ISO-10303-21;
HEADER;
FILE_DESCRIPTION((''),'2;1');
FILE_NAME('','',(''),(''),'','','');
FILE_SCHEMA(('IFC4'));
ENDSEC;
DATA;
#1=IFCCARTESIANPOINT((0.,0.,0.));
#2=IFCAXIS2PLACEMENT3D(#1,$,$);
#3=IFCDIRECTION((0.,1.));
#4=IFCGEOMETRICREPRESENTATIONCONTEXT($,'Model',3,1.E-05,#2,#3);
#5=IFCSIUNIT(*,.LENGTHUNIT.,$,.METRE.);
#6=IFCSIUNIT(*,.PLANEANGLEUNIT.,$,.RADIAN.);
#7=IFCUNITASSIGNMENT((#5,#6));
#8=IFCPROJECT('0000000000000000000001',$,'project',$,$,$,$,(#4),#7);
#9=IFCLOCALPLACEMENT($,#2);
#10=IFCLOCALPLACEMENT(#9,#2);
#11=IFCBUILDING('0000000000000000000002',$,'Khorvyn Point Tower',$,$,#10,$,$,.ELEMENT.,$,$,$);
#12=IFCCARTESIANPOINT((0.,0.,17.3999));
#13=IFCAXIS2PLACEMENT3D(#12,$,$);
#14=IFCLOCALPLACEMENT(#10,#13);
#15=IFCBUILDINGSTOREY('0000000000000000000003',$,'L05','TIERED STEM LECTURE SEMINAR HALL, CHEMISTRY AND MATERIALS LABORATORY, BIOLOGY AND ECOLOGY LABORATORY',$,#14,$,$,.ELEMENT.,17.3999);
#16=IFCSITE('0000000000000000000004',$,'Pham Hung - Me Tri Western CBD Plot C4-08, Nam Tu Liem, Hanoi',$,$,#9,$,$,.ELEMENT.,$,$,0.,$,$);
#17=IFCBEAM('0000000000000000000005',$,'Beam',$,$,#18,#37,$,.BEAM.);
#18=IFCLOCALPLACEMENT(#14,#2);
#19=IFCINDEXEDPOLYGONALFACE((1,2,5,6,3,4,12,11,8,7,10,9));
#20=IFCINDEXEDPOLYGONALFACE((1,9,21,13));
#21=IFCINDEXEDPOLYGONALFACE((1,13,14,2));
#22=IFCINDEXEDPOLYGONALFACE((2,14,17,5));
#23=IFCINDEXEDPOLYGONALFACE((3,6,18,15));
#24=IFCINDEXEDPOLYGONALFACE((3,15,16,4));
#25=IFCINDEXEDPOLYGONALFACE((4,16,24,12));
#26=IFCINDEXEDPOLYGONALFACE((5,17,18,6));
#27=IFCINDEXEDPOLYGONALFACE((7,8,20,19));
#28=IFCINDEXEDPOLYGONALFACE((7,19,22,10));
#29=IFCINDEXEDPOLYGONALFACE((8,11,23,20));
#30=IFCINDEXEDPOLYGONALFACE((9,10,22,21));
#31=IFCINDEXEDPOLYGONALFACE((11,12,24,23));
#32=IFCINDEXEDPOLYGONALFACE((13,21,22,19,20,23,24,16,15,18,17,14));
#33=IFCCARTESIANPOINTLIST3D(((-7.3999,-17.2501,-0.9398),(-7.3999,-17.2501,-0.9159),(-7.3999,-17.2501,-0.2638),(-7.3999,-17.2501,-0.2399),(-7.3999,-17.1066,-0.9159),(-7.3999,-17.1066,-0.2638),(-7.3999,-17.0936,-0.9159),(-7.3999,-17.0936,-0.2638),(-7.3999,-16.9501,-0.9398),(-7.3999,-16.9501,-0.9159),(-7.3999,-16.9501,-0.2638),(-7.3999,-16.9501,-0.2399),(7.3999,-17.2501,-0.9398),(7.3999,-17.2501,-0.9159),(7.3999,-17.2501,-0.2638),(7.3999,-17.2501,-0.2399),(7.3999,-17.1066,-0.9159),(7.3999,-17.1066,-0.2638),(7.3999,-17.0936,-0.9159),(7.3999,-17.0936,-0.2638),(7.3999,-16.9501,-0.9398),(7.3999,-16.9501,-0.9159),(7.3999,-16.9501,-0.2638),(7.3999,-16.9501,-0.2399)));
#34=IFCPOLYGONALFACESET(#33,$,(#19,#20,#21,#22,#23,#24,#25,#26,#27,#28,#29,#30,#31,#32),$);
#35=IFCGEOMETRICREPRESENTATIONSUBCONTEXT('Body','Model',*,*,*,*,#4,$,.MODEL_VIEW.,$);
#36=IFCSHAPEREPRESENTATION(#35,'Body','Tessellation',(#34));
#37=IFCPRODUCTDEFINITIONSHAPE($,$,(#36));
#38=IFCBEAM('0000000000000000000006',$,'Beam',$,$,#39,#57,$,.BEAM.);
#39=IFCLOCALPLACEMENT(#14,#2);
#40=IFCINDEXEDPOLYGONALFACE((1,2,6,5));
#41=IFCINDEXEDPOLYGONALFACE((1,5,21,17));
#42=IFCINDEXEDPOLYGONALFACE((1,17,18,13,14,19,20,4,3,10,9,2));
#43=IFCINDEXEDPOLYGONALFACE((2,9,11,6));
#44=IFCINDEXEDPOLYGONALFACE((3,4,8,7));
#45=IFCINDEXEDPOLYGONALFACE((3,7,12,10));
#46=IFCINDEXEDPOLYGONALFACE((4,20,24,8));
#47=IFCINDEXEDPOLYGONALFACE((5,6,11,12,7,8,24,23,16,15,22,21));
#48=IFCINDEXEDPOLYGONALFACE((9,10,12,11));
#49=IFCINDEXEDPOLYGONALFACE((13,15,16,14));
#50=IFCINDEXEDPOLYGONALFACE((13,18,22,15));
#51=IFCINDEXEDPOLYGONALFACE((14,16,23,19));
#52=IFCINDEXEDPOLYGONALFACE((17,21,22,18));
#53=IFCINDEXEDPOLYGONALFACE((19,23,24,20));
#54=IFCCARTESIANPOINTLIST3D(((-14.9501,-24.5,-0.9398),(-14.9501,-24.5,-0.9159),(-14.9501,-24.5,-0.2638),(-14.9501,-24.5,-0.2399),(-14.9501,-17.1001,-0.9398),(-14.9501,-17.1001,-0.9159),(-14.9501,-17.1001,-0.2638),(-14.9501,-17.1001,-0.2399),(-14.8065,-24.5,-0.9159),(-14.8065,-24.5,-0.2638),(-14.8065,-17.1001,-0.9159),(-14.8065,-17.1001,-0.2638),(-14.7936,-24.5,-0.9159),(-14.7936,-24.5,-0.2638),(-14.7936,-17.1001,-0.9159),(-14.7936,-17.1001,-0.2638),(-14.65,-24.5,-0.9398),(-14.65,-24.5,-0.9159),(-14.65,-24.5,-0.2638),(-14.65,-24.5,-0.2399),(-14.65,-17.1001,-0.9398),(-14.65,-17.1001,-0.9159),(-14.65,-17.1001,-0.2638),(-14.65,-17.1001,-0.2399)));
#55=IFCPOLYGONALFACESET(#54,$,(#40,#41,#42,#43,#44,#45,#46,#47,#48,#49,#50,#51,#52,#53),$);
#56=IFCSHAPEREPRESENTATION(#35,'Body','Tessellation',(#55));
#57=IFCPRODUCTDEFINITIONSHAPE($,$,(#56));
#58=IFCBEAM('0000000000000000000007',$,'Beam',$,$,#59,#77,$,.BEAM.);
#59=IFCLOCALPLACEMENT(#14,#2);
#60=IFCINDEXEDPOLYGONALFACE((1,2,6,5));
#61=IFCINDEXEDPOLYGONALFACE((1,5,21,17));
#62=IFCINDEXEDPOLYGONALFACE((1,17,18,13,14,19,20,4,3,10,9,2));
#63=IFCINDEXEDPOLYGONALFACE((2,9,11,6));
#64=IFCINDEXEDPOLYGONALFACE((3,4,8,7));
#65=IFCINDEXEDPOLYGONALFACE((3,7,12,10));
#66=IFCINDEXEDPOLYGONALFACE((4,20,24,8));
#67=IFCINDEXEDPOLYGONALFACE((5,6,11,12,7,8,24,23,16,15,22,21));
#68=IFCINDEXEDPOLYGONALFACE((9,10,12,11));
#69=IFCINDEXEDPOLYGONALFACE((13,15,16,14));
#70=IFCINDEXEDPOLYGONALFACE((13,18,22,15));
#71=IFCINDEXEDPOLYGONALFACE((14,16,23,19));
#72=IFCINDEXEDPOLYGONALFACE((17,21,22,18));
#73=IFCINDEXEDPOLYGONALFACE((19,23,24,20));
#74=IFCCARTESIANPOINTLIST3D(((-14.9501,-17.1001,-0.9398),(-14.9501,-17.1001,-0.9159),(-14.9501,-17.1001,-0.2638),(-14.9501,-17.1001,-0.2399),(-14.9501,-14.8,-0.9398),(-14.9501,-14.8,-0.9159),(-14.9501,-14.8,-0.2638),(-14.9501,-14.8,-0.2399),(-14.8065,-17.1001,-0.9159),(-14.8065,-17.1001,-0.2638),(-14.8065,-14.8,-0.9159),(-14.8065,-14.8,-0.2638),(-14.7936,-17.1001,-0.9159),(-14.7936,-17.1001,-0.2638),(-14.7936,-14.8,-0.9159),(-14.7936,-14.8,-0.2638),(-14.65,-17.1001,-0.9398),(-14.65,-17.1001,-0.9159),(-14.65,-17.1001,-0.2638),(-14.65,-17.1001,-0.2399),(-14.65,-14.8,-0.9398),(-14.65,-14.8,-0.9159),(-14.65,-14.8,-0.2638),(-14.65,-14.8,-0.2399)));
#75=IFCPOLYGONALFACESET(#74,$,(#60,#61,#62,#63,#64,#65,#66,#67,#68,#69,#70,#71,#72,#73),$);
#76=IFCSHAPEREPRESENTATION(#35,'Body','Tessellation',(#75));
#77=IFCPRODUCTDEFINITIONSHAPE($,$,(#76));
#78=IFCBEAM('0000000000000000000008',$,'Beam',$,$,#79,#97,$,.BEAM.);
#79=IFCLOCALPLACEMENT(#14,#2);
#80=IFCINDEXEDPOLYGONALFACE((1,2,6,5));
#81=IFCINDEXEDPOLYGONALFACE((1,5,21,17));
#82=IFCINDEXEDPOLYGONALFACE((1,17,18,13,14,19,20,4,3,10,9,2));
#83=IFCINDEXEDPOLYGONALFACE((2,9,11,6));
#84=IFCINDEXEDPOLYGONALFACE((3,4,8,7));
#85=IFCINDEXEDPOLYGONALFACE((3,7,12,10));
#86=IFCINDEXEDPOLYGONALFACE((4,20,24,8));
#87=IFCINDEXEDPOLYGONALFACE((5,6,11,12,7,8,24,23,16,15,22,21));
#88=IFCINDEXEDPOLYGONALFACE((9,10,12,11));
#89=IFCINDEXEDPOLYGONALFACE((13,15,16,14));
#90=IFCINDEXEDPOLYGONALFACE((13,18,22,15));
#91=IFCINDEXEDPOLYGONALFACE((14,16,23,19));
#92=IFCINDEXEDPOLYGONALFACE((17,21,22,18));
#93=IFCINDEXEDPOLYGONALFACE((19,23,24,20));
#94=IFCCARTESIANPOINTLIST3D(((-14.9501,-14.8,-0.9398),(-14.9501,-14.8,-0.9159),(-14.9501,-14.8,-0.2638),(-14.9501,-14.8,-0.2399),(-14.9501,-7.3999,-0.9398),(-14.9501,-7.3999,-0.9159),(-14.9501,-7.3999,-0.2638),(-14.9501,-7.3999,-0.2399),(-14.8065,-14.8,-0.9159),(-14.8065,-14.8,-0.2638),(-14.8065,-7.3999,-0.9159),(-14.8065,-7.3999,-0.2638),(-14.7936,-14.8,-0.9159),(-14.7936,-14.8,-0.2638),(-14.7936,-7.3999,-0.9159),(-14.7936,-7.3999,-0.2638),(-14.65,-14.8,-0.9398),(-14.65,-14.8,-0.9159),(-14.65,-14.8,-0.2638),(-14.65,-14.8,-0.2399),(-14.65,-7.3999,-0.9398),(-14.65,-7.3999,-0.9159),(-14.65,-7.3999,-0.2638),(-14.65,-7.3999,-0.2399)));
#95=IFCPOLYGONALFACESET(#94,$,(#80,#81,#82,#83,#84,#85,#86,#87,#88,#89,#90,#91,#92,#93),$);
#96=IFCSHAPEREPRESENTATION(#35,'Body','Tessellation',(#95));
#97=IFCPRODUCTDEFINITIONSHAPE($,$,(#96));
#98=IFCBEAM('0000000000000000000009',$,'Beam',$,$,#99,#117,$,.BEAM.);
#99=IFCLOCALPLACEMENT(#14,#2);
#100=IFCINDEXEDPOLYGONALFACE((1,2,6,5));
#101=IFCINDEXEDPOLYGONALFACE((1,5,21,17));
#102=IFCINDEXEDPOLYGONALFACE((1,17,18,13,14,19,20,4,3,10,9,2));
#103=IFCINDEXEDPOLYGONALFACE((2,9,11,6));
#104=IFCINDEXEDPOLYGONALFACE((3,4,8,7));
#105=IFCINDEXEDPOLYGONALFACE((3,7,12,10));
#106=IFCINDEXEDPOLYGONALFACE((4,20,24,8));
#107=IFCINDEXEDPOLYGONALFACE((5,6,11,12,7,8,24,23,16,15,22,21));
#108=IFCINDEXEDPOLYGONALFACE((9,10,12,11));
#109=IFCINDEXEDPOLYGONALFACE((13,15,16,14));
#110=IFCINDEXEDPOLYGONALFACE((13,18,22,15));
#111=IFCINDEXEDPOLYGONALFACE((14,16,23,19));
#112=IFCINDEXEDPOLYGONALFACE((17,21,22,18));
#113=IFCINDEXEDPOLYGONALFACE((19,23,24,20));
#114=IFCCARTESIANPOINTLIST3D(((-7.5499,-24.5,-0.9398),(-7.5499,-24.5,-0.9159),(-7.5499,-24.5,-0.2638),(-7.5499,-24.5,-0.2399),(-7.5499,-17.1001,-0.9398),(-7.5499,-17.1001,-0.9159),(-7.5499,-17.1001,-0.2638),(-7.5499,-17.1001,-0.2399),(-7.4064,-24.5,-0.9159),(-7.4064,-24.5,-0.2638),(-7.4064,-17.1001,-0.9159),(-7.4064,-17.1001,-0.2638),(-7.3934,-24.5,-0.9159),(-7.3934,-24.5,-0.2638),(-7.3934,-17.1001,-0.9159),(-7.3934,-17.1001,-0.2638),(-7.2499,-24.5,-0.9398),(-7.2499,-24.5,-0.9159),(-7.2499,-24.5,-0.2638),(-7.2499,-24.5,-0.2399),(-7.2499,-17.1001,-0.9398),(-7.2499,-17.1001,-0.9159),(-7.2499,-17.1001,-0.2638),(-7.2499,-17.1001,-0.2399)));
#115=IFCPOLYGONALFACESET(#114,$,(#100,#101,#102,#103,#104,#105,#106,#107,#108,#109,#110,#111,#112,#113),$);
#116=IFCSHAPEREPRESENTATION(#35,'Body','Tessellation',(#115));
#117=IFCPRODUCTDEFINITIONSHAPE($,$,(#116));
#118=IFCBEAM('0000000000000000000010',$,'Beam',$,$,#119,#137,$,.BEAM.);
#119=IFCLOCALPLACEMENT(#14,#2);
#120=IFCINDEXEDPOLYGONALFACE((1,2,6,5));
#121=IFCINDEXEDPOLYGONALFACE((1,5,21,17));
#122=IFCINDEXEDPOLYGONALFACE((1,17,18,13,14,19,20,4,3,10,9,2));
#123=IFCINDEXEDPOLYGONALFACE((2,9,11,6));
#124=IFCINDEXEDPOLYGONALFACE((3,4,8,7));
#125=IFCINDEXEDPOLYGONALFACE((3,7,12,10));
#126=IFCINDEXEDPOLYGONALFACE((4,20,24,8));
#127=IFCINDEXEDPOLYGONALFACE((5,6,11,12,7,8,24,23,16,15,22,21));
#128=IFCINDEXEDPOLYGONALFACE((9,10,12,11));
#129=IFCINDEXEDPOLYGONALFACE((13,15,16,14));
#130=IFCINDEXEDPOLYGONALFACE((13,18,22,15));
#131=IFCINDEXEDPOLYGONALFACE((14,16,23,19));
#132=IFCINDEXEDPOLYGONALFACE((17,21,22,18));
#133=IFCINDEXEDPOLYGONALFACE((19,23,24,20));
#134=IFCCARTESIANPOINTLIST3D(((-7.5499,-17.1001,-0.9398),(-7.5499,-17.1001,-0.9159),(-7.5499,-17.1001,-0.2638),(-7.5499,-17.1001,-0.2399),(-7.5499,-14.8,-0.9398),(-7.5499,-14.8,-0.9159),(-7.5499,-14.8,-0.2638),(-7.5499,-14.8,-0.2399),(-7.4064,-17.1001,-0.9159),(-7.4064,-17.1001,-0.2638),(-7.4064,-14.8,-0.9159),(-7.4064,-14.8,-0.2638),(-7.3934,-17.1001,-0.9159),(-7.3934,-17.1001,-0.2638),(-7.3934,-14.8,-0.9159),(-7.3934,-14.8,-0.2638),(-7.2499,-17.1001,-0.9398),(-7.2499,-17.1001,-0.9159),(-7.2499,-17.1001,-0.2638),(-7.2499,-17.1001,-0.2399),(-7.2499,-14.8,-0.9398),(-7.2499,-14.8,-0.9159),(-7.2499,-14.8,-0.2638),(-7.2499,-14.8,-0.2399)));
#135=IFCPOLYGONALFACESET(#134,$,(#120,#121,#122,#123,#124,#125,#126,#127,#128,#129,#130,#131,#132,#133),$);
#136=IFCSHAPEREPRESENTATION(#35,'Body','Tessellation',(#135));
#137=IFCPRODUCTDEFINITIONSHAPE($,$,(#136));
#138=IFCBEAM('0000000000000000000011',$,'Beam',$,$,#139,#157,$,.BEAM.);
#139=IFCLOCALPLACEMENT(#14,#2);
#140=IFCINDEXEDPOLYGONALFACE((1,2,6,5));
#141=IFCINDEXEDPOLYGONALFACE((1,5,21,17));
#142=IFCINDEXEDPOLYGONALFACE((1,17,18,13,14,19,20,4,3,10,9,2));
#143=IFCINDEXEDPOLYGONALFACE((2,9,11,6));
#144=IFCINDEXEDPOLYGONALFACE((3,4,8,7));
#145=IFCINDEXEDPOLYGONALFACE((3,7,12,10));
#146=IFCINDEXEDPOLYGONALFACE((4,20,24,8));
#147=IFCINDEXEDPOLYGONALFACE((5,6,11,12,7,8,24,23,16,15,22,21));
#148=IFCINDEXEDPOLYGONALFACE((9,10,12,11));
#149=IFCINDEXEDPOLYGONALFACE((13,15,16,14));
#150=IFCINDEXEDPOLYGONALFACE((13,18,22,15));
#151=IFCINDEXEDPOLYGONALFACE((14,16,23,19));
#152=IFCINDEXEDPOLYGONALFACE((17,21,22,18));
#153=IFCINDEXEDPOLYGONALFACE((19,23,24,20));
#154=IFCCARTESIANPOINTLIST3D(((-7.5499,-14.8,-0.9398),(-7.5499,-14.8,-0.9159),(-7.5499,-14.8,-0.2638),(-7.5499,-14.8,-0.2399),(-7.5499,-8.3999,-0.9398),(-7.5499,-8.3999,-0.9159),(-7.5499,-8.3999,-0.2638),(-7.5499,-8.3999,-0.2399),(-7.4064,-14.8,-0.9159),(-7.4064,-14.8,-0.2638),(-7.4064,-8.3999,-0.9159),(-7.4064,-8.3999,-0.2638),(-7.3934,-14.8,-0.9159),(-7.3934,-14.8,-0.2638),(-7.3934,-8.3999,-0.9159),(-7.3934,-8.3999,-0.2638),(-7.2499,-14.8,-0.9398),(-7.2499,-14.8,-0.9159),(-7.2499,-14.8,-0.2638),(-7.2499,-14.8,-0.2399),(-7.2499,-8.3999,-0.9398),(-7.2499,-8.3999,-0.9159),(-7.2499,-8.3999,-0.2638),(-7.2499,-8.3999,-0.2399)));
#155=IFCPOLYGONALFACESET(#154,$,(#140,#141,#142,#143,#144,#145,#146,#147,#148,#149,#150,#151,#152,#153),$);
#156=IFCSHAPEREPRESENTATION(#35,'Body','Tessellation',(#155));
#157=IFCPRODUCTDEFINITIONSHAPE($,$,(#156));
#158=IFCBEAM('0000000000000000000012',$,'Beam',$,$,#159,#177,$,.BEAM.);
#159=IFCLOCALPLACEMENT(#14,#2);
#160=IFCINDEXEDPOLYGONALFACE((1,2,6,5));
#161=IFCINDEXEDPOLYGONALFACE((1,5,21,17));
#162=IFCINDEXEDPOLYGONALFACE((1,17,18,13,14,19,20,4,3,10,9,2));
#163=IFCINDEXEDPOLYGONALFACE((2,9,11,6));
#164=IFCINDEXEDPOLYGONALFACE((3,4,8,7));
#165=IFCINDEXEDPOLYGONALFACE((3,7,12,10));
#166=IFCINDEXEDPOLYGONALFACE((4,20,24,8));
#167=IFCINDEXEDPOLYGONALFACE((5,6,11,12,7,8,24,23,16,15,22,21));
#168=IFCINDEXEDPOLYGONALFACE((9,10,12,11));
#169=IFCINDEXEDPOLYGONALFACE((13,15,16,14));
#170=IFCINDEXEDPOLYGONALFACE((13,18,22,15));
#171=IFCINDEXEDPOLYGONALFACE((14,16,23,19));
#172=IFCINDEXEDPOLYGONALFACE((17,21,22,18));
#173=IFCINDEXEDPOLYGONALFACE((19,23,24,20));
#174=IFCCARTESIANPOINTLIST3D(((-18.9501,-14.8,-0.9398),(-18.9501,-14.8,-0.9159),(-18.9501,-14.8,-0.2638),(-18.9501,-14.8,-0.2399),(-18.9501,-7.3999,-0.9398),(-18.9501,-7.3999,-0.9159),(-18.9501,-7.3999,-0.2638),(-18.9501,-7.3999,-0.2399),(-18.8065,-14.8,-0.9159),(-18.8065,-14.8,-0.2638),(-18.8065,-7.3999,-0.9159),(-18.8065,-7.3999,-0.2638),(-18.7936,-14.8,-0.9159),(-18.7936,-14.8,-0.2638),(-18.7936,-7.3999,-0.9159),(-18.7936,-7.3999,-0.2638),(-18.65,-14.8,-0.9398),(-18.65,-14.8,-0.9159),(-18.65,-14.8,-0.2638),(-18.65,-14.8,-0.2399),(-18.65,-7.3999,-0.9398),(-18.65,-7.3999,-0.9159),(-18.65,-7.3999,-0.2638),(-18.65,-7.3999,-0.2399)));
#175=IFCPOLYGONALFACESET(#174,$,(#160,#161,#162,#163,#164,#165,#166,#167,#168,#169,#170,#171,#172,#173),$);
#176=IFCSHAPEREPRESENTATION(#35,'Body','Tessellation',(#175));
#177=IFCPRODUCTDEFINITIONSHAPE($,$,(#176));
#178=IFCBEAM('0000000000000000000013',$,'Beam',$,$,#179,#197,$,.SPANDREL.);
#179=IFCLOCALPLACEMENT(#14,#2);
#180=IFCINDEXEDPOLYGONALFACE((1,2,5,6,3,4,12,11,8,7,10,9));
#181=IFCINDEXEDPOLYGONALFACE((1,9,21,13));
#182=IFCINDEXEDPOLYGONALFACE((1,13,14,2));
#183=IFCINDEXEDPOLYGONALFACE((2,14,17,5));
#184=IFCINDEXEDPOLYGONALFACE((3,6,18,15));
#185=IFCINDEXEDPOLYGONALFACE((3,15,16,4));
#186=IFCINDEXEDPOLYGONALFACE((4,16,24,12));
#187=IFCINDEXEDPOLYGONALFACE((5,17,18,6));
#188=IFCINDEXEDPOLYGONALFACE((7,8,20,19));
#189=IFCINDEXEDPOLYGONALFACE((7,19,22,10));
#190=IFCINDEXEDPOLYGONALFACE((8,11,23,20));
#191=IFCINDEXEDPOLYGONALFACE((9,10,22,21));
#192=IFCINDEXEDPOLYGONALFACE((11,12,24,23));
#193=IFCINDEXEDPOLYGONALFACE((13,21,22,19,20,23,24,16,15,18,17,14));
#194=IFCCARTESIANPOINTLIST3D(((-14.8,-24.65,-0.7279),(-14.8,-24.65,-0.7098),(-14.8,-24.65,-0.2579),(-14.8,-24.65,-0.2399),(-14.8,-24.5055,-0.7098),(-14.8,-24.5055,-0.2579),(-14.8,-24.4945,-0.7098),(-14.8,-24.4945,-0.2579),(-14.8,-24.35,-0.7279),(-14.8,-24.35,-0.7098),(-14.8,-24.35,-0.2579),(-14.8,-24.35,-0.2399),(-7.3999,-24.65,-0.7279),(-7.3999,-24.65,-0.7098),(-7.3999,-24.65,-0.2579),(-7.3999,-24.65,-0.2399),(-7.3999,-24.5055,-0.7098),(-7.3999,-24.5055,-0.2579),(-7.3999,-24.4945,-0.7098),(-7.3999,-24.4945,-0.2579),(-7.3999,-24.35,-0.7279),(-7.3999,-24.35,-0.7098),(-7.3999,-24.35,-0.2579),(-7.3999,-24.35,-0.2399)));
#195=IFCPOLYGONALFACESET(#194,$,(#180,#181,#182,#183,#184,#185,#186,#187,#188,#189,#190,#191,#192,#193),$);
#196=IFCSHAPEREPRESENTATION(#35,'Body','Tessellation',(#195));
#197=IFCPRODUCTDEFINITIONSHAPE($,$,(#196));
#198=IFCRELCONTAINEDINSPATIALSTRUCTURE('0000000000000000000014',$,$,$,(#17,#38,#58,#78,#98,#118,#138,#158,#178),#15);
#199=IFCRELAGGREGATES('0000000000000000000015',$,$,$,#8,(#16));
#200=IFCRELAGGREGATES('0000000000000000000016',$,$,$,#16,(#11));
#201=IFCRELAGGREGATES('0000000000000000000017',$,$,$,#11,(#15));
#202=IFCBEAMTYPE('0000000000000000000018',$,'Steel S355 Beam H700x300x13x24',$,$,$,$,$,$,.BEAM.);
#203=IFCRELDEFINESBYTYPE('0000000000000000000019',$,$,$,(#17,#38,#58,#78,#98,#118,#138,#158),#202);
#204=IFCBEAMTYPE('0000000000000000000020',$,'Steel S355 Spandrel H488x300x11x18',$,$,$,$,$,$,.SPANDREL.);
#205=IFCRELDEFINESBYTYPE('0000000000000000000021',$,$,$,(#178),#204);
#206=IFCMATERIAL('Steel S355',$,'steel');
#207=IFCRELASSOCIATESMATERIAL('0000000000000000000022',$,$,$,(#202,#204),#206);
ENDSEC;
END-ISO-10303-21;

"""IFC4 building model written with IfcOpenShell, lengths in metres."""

from ifc_helpers import new_model, si_unit, direction, frame, origin, origin_2d, place, context, subcontext, project, spatial, i_section, extrude, material, material_profile, profile_set, type_object, element, save


model = new_model("IFC4")

# Units and contexts
model_context = context("Model", 3, precision=1e-05, world=origin(), true_north=direction((0.0, 1.0)))
body_context = subcontext(model_context, "Body", "Model", "MODEL_VIEW")
ifc_project = project(units=[si_unit("LENGTHUNIT", "METRE"), si_unit("PLANEANGLEUNIT", "RADIAN")], contexts=[model_context])

# Site, building, storey
site_placement = place(None, origin())
site = spatial("IfcSite", under=ifc_project, at=site_placement, Name="Pham Hung - Me Tri Western CBD Plot C4-08, Nam Tu Liem, Hanoi", CompositionType="ELEMENT", RefElevation=0.0)
building_placement = place(site_placement, origin())
building = spatial("IfcBuilding", under=site, at=building_placement, Name="Khorvyn Point Tower", CompositionType="ELEMENT")
storey_placement = place(building_placement, frame((0.0, 0.0, 17.3999)))
storey = spatial("IfcBuildingStorey", under=building, at=storey_placement, Name="L05", Description="TIERED STEM LECTURE SEMINAR HALL, CHEMISTRY AND MATERIALS LABORATORY, BIOLOGY AND ECOLOGY LABORATORY", CompositionType="ELEMENT", Elevation=17.3999)

# Beams
ifc_material_1 = material(Name="Steel S355", Category="steel")
ifc_material_profile_1 = material_profile(ifc_material_1, i_section(OverallWidth=0.3, OverallDepth=0.7, WebThickness=0.0129, FlangeThickness=0.0239, at=origin_2d()))
ifc_profile_set_1 = profile_set([ifc_material_profile_1], Name="Steel S355 H700x300x13x24")
beam_type_1 = type_object("IfcBeamType", Name="Steel S355 Beam H700x300x13x24", PredefinedType="BEAM", material=ifc_profile_set_1)
beam_1_placement = place(storey_placement, frame((-7.3999, -17.1001, -0.5898), z_axis=(1.0, 0.0, 0.0), x_axis=(0.0, 1.0, 0.0)))
element("IfcBeam", 1, at=beam_1_placement, inside=storey, type_object=beam_type_1, Name="Beam", PredefinedType="BEAM", context=body_context, shape_type="SweptSolid", body=[
    extrude(i_section(OverallWidth=0.3, OverallDepth=0.7, WebThickness=0.0129, FlangeThickness=0.0239, at=origin_2d()), origin(), (0.0, 0.0, 1.0), 14.7998),
])
beam_2_placement = place(storey_placement, frame((-14.8, -24.5, -0.5898), z_axis=(0.0, 1.0, 0.0), x_axis=(-1.0, 0.0, 0.0)))
element("IfcBeam", 2, at=beam_2_placement, inside=storey, type_object=beam_type_1, Name="Beam", PredefinedType="BEAM", context=body_context, shape_type="SweptSolid", body=[
    extrude(i_section(OverallWidth=0.3, OverallDepth=0.7, WebThickness=0.0129, FlangeThickness=0.0239, at=origin_2d()), origin(), (0.0, 0.0, 1.0), 7.3999),
])
beam_3_placement = place(storey_placement, frame((-14.8, -17.1001, -0.5898), z_axis=(0.0, 1.0, 0.0), x_axis=(-1.0, 0.0, 0.0)))
element("IfcBeam", 3, at=beam_3_placement, inside=storey, type_object=beam_type_1, Name="Beam", PredefinedType="BEAM", context=body_context, shape_type="SweptSolid", body=[
    extrude(i_section(OverallWidth=0.3, OverallDepth=0.7, WebThickness=0.0129, FlangeThickness=0.0239, at=origin_2d()), origin(), (0.0, 0.0, 1.0), 2.3),
])
beam_4_placement = place(storey_placement, frame((-14.8, -14.8, -0.5898), z_axis=(0.0, 1.0, 0.0), x_axis=(-1.0, 0.0, 0.0)))
element("IfcBeam", 4, at=beam_4_placement, inside=storey, type_object=beam_type_1, Name="Beam", PredefinedType="BEAM", context=body_context, shape_type="SweptSolid", body=[
    extrude(i_section(OverallWidth=0.3, OverallDepth=0.7, WebThickness=0.0129, FlangeThickness=0.0239, at=origin_2d()), origin(), (0.0, 0.0, 1.0), 7.4001),
])
beam_5_placement = place(storey_placement, frame((-7.3999, -24.5, -0.5898), z_axis=(0.0, 1.0, 0.0), x_axis=(-1.0, 0.0, 0.0)))
element("IfcBeam", 5, at=beam_5_placement, inside=storey, type_object=beam_type_1, Name="Beam", PredefinedType="BEAM", context=body_context, shape_type="SweptSolid", body=[
    extrude(i_section(OverallWidth=0.3, OverallDepth=0.7, WebThickness=0.0129, FlangeThickness=0.0239, at=origin_2d()), origin(), (0.0, 0.0, 1.0), 7.3999),
])
beam_6_placement = place(storey_placement, frame((-7.3999, -17.1001, -0.5898), z_axis=(0.0, 1.0, 0.0), x_axis=(-1.0, 0.0, 0.0)))
element("IfcBeam", 6, at=beam_6_placement, inside=storey, type_object=beam_type_1, Name="Beam", PredefinedType="BEAM", context=body_context, shape_type="SweptSolid", body=[
    extrude(i_section(OverallWidth=0.3, OverallDepth=0.7, WebThickness=0.0129, FlangeThickness=0.0239, at=origin_2d()), origin(), (0.0, 0.0, 1.0), 2.3),
])
beam_7_placement = place(storey_placement, frame((-7.3999, -14.8, -0.5898), z_axis=(0.0, 1.0, 0.0), x_axis=(-1.0, 0.0, 0.0)))
element("IfcBeam", 7, at=beam_7_placement, inside=storey, type_object=beam_type_1, Name="Beam", PredefinedType="BEAM", context=body_context, shape_type="SweptSolid", body=[
    extrude(i_section(OverallWidth=0.3, OverallDepth=0.7, WebThickness=0.0129, FlangeThickness=0.0239, at=origin_2d()), origin(), (0.0, 0.0, 1.0), 6.4001),
])
beam_8_placement = place(storey_placement, frame((-18.8, -14.8, -0.5898), z_axis=(0.0, 1.0, 0.0), x_axis=(-1.0, 0.0, 0.0)))
element("IfcBeam", 8, at=beam_8_placement, inside=storey, type_object=beam_type_1, Name="Beam", PredefinedType="BEAM", context=body_context, shape_type="SweptSolid", body=[
    extrude(i_section(OverallWidth=0.3, OverallDepth=0.7, WebThickness=0.0129, FlangeThickness=0.0239, at=origin_2d()), origin(), (0.0, 0.0, 1.0), 7.4001),
])
ifc_material_profile_2 = material_profile(ifc_material_1, i_section(OverallWidth=0.3, OverallDepth=0.488, WebThickness=0.011, FlangeThickness=0.0181, at=origin_2d()))
ifc_profile_set_2 = profile_set([ifc_material_profile_2], Name="Steel S355 H488x300x11x18")
beam_type_2 = type_object("IfcBeamType", Name="Steel S355 Spandrel H488x300x11x18", PredefinedType="SPANDREL", material=ifc_profile_set_2)
beam_9_placement = place(storey_placement, frame((-14.8, -24.5, -0.4839), z_axis=(1.0, 0.0, 0.0), x_axis=(0.0, 1.0, 0.0)))
element("IfcBeam", 9, at=beam_9_placement, inside=storey, type_object=beam_type_2, Name="Beam", PredefinedType="SPANDREL", context=body_context, shape_type="SweptSolid", body=[
    extrude(i_section(OverallWidth=0.3, OverallDepth=0.488, WebThickness=0.011, FlangeThickness=0.0181, at=origin_2d()), origin(), (0.0, 0.0, 1.0), 7.4001),
])

save(model, "model.ifc")
